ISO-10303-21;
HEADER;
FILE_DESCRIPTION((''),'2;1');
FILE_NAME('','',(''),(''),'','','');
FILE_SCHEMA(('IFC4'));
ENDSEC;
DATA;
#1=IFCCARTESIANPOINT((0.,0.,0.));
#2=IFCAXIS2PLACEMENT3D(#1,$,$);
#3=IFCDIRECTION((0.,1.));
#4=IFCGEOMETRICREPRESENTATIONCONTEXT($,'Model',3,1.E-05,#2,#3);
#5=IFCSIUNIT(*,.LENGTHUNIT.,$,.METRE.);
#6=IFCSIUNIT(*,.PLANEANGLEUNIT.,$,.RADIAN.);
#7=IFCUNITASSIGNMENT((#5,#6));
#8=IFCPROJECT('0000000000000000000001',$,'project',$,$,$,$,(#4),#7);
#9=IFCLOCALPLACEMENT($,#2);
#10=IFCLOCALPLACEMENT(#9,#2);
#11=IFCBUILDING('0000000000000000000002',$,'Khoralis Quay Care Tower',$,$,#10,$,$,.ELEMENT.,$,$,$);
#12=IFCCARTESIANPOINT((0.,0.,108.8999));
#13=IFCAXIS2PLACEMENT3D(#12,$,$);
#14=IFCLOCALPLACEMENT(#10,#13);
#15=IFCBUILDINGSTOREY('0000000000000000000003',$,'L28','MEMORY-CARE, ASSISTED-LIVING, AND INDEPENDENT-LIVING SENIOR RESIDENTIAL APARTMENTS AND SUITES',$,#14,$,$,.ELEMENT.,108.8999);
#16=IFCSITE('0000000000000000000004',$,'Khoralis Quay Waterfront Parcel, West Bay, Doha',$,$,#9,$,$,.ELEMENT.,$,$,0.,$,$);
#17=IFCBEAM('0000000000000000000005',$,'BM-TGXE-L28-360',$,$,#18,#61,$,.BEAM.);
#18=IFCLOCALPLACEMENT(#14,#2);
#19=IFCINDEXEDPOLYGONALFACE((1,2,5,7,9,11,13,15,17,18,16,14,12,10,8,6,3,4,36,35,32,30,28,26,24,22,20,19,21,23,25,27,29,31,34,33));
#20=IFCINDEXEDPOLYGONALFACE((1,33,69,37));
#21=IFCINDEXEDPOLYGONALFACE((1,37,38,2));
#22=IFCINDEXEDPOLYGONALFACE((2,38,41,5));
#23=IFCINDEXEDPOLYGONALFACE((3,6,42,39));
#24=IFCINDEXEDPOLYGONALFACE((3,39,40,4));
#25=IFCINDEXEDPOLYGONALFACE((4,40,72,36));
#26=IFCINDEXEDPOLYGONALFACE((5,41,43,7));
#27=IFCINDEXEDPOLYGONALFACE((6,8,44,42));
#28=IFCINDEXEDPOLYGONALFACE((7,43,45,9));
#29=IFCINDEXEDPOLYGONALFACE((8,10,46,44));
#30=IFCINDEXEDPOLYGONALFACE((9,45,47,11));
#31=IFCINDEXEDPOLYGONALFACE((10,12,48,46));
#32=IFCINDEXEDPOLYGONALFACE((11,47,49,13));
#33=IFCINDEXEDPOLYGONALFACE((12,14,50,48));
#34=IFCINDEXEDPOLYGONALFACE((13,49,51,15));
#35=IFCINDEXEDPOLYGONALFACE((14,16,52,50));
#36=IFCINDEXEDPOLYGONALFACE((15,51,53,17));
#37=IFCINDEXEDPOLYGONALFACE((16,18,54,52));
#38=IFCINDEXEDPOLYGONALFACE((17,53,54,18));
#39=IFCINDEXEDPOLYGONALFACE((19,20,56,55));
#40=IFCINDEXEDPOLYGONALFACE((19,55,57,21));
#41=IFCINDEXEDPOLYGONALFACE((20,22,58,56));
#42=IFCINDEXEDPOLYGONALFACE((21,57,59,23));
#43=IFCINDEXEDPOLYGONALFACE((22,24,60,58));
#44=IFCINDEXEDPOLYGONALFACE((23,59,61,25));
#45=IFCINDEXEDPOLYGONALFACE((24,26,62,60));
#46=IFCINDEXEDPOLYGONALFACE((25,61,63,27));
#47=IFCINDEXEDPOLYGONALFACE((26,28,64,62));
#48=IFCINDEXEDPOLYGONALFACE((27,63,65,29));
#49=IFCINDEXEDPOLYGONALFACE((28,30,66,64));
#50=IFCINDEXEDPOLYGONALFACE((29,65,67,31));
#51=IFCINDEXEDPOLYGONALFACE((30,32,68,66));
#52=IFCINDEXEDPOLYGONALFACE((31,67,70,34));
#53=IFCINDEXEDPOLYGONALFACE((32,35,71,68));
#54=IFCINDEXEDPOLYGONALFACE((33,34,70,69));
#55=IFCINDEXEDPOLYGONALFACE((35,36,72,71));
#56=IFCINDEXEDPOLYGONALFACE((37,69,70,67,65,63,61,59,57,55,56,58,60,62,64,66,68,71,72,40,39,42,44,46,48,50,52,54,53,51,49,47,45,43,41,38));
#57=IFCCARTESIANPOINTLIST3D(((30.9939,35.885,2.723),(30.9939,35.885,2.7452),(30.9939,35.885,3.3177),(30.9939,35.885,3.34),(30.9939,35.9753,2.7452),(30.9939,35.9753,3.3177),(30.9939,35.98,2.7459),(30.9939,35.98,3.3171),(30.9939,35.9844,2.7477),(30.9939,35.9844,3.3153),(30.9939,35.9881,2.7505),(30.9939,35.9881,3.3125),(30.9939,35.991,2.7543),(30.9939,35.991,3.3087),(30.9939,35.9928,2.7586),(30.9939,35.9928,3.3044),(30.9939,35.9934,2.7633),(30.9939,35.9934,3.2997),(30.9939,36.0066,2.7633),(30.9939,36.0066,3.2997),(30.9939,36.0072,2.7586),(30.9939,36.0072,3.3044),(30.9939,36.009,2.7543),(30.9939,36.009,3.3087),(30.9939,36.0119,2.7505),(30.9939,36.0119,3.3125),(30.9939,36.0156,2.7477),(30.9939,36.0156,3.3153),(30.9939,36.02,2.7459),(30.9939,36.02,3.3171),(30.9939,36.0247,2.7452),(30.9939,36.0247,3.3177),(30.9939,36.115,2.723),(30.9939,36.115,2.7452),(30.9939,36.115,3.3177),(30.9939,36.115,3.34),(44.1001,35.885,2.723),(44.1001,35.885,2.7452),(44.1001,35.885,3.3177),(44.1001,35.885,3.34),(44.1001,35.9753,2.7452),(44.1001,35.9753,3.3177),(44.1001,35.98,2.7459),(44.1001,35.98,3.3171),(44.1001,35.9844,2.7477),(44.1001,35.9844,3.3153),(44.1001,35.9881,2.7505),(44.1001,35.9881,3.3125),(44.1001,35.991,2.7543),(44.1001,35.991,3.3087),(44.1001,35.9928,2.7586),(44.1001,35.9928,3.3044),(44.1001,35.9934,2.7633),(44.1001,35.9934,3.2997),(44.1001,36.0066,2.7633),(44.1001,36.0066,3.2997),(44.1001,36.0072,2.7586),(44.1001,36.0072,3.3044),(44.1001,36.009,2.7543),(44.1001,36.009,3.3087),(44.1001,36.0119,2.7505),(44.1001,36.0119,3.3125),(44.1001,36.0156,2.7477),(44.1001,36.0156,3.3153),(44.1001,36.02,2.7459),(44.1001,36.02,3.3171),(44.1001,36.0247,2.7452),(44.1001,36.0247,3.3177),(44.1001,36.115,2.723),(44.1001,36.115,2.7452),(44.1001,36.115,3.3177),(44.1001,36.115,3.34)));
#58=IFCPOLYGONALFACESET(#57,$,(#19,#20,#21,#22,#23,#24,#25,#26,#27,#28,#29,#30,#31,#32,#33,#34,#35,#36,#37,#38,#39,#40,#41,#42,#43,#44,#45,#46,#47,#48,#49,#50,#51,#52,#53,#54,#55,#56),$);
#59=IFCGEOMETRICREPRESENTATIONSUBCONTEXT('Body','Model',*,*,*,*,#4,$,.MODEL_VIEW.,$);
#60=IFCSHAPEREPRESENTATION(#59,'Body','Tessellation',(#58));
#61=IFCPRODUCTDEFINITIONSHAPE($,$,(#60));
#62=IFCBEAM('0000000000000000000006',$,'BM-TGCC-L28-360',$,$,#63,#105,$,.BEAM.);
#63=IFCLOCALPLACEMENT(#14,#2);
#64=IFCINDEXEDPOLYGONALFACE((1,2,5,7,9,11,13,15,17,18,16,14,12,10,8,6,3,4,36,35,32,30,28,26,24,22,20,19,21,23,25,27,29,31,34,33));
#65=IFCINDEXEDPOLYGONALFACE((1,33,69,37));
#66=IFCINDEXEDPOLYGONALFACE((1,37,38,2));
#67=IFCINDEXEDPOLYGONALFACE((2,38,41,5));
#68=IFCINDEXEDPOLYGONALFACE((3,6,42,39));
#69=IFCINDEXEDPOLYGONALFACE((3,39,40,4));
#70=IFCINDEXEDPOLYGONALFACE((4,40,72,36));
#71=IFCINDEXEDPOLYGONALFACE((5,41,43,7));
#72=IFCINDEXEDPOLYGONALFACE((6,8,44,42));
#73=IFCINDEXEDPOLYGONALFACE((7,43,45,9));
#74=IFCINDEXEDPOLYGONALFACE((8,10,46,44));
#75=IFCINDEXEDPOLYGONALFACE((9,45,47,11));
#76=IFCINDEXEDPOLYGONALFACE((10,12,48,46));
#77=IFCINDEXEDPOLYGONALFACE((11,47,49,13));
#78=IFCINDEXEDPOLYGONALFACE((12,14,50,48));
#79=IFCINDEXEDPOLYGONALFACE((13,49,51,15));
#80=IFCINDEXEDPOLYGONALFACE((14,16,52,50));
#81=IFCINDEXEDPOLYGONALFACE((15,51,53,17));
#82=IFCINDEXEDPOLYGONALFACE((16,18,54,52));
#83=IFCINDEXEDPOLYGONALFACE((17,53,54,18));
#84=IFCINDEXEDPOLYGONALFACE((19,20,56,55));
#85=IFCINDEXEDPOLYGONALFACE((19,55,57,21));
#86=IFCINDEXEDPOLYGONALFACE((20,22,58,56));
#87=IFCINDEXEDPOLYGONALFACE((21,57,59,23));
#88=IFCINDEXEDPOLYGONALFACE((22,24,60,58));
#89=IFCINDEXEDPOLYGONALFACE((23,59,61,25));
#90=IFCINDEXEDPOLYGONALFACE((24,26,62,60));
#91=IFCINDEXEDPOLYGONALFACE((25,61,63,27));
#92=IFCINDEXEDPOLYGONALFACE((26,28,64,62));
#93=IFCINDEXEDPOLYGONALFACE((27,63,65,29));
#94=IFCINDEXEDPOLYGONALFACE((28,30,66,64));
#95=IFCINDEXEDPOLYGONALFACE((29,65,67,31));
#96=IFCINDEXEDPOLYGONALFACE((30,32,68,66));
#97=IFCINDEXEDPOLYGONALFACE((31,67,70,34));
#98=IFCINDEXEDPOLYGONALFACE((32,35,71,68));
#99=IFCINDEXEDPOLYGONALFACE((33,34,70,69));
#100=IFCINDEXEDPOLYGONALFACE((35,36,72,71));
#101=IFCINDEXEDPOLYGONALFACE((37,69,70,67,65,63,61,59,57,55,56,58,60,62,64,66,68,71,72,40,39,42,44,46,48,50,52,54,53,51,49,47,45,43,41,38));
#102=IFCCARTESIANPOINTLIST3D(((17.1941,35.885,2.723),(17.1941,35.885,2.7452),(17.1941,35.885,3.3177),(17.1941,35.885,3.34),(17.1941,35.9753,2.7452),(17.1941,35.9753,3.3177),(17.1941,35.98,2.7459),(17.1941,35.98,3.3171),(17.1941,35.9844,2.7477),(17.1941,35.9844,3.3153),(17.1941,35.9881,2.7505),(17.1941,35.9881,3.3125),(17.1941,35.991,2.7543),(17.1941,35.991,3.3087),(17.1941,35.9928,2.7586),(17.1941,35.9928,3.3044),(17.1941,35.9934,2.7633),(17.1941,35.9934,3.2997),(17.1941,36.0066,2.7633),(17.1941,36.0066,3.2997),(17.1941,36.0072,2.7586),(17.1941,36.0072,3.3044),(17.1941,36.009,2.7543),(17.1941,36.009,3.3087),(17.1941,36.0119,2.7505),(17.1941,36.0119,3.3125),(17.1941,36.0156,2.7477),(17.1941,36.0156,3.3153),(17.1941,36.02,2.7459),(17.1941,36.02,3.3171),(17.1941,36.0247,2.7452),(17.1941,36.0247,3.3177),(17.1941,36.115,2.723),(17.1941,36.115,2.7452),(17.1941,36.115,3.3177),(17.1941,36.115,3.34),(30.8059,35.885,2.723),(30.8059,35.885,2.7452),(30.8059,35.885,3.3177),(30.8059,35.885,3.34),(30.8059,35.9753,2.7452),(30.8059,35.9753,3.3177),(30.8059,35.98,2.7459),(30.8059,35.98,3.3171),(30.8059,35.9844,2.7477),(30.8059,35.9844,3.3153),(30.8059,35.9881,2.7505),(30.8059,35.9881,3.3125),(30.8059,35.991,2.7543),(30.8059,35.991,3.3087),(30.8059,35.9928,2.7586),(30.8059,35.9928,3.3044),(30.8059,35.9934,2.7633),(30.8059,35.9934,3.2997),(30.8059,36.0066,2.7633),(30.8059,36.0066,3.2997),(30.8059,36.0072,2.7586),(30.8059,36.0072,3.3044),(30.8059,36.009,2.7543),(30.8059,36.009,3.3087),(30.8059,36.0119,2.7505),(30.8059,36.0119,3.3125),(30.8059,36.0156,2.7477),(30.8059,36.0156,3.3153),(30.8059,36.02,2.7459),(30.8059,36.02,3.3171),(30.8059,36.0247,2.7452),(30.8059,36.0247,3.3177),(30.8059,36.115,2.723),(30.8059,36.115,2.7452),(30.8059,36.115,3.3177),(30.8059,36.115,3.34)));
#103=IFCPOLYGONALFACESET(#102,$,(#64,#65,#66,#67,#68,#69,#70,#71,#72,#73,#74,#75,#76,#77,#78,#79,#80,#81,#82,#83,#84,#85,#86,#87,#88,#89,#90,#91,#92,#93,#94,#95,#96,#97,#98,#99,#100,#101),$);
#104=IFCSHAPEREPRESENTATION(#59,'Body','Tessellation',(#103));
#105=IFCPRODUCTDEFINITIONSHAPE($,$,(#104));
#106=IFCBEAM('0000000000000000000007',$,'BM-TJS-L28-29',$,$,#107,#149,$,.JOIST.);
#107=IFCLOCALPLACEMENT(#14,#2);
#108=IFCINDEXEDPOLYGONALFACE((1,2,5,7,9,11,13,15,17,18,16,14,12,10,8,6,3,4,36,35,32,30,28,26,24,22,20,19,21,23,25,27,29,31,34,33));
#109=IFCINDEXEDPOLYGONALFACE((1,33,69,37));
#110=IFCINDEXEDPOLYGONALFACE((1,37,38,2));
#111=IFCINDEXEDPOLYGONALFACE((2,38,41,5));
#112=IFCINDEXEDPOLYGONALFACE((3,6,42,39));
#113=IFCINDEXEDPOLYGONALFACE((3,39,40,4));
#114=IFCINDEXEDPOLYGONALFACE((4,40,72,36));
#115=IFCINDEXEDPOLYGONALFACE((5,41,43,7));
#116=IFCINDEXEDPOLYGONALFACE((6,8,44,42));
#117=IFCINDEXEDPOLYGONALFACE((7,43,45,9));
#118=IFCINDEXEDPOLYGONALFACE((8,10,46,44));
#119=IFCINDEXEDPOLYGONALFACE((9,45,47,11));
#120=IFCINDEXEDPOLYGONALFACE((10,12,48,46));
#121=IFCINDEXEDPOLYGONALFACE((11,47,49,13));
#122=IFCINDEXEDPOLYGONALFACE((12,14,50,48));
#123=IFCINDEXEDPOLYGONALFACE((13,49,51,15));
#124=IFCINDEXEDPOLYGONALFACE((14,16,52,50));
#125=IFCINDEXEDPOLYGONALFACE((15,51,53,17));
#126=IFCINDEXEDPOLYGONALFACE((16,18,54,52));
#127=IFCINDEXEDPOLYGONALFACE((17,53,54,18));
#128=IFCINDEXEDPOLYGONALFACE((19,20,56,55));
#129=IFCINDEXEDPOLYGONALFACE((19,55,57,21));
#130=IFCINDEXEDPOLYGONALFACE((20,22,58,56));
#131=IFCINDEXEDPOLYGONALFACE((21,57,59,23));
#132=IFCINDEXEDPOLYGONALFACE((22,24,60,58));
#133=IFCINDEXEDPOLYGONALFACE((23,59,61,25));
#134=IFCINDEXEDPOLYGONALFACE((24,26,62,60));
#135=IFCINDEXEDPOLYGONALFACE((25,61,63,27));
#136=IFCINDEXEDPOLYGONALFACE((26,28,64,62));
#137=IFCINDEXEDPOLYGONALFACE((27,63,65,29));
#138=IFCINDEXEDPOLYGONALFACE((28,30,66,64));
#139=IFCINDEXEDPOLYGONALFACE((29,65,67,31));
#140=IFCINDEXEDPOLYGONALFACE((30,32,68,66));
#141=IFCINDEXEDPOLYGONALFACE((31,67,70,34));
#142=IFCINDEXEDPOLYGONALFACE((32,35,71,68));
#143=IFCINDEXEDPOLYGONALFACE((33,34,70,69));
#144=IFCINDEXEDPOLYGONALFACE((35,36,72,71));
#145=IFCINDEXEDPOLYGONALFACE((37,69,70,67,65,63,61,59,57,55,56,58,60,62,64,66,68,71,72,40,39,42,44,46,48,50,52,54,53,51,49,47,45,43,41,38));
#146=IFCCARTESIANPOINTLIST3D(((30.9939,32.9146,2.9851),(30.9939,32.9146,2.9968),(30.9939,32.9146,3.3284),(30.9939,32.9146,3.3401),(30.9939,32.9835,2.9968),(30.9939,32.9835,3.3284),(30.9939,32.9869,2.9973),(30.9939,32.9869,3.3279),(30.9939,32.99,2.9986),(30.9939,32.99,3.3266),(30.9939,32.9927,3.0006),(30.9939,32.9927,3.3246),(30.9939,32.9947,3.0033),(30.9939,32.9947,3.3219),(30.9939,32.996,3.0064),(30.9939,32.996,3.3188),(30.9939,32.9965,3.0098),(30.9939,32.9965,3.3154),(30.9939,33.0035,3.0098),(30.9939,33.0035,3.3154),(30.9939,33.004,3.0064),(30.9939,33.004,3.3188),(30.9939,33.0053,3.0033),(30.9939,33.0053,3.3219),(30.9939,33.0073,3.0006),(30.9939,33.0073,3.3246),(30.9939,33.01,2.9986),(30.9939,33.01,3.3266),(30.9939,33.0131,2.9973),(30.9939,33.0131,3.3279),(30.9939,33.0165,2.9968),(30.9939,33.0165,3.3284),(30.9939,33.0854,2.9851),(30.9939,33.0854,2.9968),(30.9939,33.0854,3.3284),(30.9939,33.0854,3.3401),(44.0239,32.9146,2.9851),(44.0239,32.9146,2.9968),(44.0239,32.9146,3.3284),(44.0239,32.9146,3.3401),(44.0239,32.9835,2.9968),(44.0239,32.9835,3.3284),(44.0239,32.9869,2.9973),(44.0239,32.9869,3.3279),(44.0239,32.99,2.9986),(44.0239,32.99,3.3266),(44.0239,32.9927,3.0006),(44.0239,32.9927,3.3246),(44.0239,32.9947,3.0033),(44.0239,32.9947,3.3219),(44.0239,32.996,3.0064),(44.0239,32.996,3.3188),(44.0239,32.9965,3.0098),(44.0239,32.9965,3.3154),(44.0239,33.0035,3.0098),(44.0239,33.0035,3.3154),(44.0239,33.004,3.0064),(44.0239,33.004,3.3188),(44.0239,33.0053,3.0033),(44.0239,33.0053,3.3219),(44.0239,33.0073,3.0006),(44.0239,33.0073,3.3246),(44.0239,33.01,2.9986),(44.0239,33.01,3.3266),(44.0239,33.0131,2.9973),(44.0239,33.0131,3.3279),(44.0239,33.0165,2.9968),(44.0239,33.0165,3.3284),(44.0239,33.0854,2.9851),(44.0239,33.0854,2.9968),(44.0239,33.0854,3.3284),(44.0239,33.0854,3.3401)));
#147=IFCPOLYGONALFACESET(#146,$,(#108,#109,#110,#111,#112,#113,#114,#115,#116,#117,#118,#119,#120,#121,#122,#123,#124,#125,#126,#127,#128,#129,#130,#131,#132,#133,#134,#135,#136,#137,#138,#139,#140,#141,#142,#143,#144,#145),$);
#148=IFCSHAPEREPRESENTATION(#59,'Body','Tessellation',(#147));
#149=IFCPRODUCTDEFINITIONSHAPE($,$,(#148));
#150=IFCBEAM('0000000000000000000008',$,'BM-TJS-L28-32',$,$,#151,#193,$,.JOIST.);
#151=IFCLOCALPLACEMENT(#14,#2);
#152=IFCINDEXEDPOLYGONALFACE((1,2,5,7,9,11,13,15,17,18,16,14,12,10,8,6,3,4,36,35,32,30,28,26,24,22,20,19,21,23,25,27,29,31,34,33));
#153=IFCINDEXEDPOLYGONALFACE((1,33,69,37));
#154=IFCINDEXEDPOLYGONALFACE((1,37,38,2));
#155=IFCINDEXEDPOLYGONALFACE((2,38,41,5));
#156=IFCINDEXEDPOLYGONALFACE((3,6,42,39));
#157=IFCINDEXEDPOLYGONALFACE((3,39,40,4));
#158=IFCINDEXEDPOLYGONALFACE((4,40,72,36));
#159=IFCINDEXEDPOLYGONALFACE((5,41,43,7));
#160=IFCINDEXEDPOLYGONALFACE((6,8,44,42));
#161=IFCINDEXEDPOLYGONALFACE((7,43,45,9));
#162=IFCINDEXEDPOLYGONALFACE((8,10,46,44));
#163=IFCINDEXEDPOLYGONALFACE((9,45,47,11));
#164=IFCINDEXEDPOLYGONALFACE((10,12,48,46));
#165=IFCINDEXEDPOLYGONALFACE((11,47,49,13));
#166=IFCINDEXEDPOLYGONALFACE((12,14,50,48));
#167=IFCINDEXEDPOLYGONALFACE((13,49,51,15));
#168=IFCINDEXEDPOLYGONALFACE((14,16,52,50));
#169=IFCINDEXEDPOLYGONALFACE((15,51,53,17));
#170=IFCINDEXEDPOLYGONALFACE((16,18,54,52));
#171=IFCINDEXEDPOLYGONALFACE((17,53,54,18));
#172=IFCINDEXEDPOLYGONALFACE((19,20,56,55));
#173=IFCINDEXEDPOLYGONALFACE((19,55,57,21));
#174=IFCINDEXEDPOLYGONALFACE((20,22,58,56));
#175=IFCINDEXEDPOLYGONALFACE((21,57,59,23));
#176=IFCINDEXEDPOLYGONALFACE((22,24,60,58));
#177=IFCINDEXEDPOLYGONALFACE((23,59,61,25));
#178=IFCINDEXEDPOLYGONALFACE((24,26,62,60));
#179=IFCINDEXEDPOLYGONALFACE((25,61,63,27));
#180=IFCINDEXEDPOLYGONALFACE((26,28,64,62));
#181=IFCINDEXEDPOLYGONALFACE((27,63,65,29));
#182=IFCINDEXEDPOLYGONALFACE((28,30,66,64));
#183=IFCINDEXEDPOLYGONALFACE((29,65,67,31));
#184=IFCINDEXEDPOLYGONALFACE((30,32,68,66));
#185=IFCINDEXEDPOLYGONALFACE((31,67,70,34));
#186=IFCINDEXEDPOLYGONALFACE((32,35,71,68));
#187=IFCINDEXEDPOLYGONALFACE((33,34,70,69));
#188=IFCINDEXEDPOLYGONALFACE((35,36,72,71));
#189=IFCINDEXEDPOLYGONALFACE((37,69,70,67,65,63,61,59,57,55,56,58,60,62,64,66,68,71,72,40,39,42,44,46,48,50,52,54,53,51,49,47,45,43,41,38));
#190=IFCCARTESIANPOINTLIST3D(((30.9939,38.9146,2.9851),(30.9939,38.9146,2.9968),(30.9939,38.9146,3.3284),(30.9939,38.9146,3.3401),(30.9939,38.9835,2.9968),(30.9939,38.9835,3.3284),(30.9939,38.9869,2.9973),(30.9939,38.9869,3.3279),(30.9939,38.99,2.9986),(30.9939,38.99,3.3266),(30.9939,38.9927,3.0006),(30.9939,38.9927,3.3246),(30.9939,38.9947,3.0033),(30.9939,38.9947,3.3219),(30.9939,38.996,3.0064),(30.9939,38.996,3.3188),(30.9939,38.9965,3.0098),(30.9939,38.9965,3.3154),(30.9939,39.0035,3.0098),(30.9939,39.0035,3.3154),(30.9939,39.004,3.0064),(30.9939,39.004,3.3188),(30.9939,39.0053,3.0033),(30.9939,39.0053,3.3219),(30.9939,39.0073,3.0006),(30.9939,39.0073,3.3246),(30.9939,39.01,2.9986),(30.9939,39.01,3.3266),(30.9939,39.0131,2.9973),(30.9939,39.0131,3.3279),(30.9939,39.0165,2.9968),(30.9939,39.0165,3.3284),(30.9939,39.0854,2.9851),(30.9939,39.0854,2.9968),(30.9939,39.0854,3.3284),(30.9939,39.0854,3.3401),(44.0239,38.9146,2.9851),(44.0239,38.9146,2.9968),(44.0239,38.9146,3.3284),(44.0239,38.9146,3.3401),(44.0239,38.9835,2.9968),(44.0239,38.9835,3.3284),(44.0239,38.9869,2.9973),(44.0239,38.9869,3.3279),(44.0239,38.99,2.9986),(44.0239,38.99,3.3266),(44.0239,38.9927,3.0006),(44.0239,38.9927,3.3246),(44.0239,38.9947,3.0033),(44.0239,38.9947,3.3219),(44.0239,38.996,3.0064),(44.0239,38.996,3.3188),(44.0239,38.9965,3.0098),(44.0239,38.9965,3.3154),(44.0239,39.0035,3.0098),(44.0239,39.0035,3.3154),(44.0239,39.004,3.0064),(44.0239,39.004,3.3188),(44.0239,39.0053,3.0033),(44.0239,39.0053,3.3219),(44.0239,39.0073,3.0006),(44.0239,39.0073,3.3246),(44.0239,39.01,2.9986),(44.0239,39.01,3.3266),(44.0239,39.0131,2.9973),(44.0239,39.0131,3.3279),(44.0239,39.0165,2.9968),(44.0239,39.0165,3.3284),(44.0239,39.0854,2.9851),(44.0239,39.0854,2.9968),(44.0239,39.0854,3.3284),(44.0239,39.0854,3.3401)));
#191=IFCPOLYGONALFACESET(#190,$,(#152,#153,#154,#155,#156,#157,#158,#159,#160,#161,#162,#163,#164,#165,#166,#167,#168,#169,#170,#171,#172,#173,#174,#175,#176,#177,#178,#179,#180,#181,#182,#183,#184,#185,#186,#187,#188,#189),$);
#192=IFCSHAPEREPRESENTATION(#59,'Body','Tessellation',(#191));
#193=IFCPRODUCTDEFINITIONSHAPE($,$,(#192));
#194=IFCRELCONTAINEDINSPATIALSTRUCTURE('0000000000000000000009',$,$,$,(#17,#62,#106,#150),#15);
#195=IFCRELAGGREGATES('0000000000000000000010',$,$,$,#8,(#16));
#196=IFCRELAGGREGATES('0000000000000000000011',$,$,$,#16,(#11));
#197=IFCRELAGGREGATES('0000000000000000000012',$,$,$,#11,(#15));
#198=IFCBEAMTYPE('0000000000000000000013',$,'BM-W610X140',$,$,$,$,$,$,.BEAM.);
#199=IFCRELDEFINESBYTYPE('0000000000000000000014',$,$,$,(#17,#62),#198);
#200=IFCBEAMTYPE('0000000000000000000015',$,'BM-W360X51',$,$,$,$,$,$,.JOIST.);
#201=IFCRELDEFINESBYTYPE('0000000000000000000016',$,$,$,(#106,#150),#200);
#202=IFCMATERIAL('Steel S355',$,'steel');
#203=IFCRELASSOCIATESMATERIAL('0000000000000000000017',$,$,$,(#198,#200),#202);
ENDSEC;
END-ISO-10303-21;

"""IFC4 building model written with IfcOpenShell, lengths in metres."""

from ifc_helpers import new_model, si_unit, direction, frame, origin, origin_2d, place, context, subcontext, project, spatial, i_section, extrude, source, transform, mapped, material, material_profile, profile_set, type_object, element, save


model = new_model("IFC4")

# Units and contexts
model_context = context("Model", 3, precision=1e-05, world=origin(), true_north=direction((0.0, 1.0)))
body_context = subcontext(model_context, "Body", "Model", "MODEL_VIEW")
ifc_project = project(units=[si_unit("LENGTHUNIT", "METRE"), si_unit("PLANEANGLEUNIT", "RADIAN")], contexts=[model_context])

# Site, building, storey
site_placement = place(None, origin())
site = spatial("IfcSite", under=ifc_project, at=site_placement, Name="Khoralis Quay Waterfront Parcel, West Bay, Doha", CompositionType="ELEMENT", RefElevation=0.0)
building_placement = place(site_placement, origin())
building = spatial("IfcBuilding", under=site, at=building_placement, Name="Khoralis Quay Care Tower", CompositionType="ELEMENT")
storey_placement = place(building_placement, frame((0.0, 0.0, 108.8999)))
storey = spatial("IfcBuildingStorey", under=building, at=storey_placement, Name="L28", Description="MEMORY-CARE, ASSISTED-LIVING, AND INDEPENDENT-LIVING SENIOR RESIDENTIAL APARTMENTS AND SUITES", CompositionType="ELEMENT", Elevation=108.8999)

# Beams
ifc_material_1 = material(Name="Steel S355", Category="steel")
ifc_material_profile_1 = material_profile(ifc_material_1, i_section(OverallWidth=0.23, OverallDepth=0.6169, WebThickness=0.0132, FlangeThickness=0.0222, FilletRadius=0.0181, at=origin_2d()), Name="Steel S355")
ifc_profile_set_1 = profile_set([ifc_material_profile_1], Name="Steel S355")
beam_type_1 = type_object("IfcBeamType", Name="BM-W610X140", PredefinedType="BEAM", material=ifc_profile_set_1)
shared_shape_1 = source(origin(), body_context, "Body", "SweptSolid", [
    extrude(i_section(OverallWidth=0.23, OverallDepth=0.6169, WebThickness=0.0132, FlangeThickness=0.0222, FilletRadius=0.0181, at=origin_2d()), origin(), (0.0, 0.0, 1.0), 13.1062),
])
beam_1_placement = place(storey_placement, frame((30.9939, 36.0, 3.0315), z_axis=(1.0, 0.0, 0.0), x_axis=(0.0, 1.0, 0.0)))
element("IfcBeam", 1, at=beam_1_placement, inside=storey, type_object=beam_type_1, Name="BM-TGXE-L28-360", PredefinedType="BEAM", context=body_context, shape_type="MappedRepresentation", body=[
    mapped(shared_shape_1, transform((0.0, 0.0, 0.0), scale=1.0)),
])
shared_shape_2 = source(origin(), body_context, "Body", "SweptSolid", [
    extrude(i_section(OverallWidth=0.23, OverallDepth=0.6169, WebThickness=0.0132, FlangeThickness=0.0222, FilletRadius=0.0181, at=origin_2d()), origin(), (0.0, 0.0, 1.0), 13.6118),
])
beam_2_placement = place(storey_placement, frame((17.1941, 36.0, 3.0315), z_axis=(1.0, 0.0, 0.0), x_axis=(0.0, 1.0, 0.0)))
element("IfcBeam", 2, at=beam_2_placement, inside=storey, type_object=beam_type_1, Name="BM-TGCC-L28-360", PredefinedType="BEAM", context=body_context, shape_type="MappedRepresentation", body=[
    mapped(shared_shape_2, transform((0.0, 0.0, 0.0), scale=1.0)),
])
ifc_material_profile_2 = material_profile(ifc_material_1, i_section(OverallWidth=0.1709, OverallDepth=0.355, WebThickness=0.0071, FlangeThickness=0.0117, FilletRadius=0.0129, at=origin_2d()), Name="Steel S355")
ifc_profile_set_2 = profile_set([ifc_material_profile_2], Name="Steel S355")
beam_type_2 = type_object("IfcBeamType", Name="BM-W360X51", PredefinedType="JOIST", material=ifc_profile_set_2)
shared_shape_3 = source(origin(), body_context, "Body", "SweptSolid", [
    extrude(i_section(OverallWidth=0.1709, OverallDepth=0.355, WebThickness=0.0071, FlangeThickness=0.0117, FilletRadius=0.0129, at=origin_2d()), origin(), (0.0, 0.0, 1.0), 13.03),
])
for number, where, z_axis, x_axis, name in (
    (3, (30.9939, 33.0, 3.1626), (1.0, 0.0, 0.0), (0.0, 1.0, 0.0), "BM-TJS-L28-29"),
    (4, (30.9939, 39.0, 3.1626), (1.0, 0.0, 0.0), (0.0, 1.0, 0.0), "BM-TJS-L28-32"),
):
    element("IfcBeam", number, at=place(storey_placement, frame(where, z_axis=z_axis, x_axis=x_axis)), inside=storey, type_object=beam_type_2, Name=name, PredefinedType="JOIST", context=body_context, shape_type="MappedRepresentation", body=[
        mapped(shared_shape_3, transform((0.0, 0.0, 0.0), scale=1.0)),
    ])

save(model, "model.ifc")
